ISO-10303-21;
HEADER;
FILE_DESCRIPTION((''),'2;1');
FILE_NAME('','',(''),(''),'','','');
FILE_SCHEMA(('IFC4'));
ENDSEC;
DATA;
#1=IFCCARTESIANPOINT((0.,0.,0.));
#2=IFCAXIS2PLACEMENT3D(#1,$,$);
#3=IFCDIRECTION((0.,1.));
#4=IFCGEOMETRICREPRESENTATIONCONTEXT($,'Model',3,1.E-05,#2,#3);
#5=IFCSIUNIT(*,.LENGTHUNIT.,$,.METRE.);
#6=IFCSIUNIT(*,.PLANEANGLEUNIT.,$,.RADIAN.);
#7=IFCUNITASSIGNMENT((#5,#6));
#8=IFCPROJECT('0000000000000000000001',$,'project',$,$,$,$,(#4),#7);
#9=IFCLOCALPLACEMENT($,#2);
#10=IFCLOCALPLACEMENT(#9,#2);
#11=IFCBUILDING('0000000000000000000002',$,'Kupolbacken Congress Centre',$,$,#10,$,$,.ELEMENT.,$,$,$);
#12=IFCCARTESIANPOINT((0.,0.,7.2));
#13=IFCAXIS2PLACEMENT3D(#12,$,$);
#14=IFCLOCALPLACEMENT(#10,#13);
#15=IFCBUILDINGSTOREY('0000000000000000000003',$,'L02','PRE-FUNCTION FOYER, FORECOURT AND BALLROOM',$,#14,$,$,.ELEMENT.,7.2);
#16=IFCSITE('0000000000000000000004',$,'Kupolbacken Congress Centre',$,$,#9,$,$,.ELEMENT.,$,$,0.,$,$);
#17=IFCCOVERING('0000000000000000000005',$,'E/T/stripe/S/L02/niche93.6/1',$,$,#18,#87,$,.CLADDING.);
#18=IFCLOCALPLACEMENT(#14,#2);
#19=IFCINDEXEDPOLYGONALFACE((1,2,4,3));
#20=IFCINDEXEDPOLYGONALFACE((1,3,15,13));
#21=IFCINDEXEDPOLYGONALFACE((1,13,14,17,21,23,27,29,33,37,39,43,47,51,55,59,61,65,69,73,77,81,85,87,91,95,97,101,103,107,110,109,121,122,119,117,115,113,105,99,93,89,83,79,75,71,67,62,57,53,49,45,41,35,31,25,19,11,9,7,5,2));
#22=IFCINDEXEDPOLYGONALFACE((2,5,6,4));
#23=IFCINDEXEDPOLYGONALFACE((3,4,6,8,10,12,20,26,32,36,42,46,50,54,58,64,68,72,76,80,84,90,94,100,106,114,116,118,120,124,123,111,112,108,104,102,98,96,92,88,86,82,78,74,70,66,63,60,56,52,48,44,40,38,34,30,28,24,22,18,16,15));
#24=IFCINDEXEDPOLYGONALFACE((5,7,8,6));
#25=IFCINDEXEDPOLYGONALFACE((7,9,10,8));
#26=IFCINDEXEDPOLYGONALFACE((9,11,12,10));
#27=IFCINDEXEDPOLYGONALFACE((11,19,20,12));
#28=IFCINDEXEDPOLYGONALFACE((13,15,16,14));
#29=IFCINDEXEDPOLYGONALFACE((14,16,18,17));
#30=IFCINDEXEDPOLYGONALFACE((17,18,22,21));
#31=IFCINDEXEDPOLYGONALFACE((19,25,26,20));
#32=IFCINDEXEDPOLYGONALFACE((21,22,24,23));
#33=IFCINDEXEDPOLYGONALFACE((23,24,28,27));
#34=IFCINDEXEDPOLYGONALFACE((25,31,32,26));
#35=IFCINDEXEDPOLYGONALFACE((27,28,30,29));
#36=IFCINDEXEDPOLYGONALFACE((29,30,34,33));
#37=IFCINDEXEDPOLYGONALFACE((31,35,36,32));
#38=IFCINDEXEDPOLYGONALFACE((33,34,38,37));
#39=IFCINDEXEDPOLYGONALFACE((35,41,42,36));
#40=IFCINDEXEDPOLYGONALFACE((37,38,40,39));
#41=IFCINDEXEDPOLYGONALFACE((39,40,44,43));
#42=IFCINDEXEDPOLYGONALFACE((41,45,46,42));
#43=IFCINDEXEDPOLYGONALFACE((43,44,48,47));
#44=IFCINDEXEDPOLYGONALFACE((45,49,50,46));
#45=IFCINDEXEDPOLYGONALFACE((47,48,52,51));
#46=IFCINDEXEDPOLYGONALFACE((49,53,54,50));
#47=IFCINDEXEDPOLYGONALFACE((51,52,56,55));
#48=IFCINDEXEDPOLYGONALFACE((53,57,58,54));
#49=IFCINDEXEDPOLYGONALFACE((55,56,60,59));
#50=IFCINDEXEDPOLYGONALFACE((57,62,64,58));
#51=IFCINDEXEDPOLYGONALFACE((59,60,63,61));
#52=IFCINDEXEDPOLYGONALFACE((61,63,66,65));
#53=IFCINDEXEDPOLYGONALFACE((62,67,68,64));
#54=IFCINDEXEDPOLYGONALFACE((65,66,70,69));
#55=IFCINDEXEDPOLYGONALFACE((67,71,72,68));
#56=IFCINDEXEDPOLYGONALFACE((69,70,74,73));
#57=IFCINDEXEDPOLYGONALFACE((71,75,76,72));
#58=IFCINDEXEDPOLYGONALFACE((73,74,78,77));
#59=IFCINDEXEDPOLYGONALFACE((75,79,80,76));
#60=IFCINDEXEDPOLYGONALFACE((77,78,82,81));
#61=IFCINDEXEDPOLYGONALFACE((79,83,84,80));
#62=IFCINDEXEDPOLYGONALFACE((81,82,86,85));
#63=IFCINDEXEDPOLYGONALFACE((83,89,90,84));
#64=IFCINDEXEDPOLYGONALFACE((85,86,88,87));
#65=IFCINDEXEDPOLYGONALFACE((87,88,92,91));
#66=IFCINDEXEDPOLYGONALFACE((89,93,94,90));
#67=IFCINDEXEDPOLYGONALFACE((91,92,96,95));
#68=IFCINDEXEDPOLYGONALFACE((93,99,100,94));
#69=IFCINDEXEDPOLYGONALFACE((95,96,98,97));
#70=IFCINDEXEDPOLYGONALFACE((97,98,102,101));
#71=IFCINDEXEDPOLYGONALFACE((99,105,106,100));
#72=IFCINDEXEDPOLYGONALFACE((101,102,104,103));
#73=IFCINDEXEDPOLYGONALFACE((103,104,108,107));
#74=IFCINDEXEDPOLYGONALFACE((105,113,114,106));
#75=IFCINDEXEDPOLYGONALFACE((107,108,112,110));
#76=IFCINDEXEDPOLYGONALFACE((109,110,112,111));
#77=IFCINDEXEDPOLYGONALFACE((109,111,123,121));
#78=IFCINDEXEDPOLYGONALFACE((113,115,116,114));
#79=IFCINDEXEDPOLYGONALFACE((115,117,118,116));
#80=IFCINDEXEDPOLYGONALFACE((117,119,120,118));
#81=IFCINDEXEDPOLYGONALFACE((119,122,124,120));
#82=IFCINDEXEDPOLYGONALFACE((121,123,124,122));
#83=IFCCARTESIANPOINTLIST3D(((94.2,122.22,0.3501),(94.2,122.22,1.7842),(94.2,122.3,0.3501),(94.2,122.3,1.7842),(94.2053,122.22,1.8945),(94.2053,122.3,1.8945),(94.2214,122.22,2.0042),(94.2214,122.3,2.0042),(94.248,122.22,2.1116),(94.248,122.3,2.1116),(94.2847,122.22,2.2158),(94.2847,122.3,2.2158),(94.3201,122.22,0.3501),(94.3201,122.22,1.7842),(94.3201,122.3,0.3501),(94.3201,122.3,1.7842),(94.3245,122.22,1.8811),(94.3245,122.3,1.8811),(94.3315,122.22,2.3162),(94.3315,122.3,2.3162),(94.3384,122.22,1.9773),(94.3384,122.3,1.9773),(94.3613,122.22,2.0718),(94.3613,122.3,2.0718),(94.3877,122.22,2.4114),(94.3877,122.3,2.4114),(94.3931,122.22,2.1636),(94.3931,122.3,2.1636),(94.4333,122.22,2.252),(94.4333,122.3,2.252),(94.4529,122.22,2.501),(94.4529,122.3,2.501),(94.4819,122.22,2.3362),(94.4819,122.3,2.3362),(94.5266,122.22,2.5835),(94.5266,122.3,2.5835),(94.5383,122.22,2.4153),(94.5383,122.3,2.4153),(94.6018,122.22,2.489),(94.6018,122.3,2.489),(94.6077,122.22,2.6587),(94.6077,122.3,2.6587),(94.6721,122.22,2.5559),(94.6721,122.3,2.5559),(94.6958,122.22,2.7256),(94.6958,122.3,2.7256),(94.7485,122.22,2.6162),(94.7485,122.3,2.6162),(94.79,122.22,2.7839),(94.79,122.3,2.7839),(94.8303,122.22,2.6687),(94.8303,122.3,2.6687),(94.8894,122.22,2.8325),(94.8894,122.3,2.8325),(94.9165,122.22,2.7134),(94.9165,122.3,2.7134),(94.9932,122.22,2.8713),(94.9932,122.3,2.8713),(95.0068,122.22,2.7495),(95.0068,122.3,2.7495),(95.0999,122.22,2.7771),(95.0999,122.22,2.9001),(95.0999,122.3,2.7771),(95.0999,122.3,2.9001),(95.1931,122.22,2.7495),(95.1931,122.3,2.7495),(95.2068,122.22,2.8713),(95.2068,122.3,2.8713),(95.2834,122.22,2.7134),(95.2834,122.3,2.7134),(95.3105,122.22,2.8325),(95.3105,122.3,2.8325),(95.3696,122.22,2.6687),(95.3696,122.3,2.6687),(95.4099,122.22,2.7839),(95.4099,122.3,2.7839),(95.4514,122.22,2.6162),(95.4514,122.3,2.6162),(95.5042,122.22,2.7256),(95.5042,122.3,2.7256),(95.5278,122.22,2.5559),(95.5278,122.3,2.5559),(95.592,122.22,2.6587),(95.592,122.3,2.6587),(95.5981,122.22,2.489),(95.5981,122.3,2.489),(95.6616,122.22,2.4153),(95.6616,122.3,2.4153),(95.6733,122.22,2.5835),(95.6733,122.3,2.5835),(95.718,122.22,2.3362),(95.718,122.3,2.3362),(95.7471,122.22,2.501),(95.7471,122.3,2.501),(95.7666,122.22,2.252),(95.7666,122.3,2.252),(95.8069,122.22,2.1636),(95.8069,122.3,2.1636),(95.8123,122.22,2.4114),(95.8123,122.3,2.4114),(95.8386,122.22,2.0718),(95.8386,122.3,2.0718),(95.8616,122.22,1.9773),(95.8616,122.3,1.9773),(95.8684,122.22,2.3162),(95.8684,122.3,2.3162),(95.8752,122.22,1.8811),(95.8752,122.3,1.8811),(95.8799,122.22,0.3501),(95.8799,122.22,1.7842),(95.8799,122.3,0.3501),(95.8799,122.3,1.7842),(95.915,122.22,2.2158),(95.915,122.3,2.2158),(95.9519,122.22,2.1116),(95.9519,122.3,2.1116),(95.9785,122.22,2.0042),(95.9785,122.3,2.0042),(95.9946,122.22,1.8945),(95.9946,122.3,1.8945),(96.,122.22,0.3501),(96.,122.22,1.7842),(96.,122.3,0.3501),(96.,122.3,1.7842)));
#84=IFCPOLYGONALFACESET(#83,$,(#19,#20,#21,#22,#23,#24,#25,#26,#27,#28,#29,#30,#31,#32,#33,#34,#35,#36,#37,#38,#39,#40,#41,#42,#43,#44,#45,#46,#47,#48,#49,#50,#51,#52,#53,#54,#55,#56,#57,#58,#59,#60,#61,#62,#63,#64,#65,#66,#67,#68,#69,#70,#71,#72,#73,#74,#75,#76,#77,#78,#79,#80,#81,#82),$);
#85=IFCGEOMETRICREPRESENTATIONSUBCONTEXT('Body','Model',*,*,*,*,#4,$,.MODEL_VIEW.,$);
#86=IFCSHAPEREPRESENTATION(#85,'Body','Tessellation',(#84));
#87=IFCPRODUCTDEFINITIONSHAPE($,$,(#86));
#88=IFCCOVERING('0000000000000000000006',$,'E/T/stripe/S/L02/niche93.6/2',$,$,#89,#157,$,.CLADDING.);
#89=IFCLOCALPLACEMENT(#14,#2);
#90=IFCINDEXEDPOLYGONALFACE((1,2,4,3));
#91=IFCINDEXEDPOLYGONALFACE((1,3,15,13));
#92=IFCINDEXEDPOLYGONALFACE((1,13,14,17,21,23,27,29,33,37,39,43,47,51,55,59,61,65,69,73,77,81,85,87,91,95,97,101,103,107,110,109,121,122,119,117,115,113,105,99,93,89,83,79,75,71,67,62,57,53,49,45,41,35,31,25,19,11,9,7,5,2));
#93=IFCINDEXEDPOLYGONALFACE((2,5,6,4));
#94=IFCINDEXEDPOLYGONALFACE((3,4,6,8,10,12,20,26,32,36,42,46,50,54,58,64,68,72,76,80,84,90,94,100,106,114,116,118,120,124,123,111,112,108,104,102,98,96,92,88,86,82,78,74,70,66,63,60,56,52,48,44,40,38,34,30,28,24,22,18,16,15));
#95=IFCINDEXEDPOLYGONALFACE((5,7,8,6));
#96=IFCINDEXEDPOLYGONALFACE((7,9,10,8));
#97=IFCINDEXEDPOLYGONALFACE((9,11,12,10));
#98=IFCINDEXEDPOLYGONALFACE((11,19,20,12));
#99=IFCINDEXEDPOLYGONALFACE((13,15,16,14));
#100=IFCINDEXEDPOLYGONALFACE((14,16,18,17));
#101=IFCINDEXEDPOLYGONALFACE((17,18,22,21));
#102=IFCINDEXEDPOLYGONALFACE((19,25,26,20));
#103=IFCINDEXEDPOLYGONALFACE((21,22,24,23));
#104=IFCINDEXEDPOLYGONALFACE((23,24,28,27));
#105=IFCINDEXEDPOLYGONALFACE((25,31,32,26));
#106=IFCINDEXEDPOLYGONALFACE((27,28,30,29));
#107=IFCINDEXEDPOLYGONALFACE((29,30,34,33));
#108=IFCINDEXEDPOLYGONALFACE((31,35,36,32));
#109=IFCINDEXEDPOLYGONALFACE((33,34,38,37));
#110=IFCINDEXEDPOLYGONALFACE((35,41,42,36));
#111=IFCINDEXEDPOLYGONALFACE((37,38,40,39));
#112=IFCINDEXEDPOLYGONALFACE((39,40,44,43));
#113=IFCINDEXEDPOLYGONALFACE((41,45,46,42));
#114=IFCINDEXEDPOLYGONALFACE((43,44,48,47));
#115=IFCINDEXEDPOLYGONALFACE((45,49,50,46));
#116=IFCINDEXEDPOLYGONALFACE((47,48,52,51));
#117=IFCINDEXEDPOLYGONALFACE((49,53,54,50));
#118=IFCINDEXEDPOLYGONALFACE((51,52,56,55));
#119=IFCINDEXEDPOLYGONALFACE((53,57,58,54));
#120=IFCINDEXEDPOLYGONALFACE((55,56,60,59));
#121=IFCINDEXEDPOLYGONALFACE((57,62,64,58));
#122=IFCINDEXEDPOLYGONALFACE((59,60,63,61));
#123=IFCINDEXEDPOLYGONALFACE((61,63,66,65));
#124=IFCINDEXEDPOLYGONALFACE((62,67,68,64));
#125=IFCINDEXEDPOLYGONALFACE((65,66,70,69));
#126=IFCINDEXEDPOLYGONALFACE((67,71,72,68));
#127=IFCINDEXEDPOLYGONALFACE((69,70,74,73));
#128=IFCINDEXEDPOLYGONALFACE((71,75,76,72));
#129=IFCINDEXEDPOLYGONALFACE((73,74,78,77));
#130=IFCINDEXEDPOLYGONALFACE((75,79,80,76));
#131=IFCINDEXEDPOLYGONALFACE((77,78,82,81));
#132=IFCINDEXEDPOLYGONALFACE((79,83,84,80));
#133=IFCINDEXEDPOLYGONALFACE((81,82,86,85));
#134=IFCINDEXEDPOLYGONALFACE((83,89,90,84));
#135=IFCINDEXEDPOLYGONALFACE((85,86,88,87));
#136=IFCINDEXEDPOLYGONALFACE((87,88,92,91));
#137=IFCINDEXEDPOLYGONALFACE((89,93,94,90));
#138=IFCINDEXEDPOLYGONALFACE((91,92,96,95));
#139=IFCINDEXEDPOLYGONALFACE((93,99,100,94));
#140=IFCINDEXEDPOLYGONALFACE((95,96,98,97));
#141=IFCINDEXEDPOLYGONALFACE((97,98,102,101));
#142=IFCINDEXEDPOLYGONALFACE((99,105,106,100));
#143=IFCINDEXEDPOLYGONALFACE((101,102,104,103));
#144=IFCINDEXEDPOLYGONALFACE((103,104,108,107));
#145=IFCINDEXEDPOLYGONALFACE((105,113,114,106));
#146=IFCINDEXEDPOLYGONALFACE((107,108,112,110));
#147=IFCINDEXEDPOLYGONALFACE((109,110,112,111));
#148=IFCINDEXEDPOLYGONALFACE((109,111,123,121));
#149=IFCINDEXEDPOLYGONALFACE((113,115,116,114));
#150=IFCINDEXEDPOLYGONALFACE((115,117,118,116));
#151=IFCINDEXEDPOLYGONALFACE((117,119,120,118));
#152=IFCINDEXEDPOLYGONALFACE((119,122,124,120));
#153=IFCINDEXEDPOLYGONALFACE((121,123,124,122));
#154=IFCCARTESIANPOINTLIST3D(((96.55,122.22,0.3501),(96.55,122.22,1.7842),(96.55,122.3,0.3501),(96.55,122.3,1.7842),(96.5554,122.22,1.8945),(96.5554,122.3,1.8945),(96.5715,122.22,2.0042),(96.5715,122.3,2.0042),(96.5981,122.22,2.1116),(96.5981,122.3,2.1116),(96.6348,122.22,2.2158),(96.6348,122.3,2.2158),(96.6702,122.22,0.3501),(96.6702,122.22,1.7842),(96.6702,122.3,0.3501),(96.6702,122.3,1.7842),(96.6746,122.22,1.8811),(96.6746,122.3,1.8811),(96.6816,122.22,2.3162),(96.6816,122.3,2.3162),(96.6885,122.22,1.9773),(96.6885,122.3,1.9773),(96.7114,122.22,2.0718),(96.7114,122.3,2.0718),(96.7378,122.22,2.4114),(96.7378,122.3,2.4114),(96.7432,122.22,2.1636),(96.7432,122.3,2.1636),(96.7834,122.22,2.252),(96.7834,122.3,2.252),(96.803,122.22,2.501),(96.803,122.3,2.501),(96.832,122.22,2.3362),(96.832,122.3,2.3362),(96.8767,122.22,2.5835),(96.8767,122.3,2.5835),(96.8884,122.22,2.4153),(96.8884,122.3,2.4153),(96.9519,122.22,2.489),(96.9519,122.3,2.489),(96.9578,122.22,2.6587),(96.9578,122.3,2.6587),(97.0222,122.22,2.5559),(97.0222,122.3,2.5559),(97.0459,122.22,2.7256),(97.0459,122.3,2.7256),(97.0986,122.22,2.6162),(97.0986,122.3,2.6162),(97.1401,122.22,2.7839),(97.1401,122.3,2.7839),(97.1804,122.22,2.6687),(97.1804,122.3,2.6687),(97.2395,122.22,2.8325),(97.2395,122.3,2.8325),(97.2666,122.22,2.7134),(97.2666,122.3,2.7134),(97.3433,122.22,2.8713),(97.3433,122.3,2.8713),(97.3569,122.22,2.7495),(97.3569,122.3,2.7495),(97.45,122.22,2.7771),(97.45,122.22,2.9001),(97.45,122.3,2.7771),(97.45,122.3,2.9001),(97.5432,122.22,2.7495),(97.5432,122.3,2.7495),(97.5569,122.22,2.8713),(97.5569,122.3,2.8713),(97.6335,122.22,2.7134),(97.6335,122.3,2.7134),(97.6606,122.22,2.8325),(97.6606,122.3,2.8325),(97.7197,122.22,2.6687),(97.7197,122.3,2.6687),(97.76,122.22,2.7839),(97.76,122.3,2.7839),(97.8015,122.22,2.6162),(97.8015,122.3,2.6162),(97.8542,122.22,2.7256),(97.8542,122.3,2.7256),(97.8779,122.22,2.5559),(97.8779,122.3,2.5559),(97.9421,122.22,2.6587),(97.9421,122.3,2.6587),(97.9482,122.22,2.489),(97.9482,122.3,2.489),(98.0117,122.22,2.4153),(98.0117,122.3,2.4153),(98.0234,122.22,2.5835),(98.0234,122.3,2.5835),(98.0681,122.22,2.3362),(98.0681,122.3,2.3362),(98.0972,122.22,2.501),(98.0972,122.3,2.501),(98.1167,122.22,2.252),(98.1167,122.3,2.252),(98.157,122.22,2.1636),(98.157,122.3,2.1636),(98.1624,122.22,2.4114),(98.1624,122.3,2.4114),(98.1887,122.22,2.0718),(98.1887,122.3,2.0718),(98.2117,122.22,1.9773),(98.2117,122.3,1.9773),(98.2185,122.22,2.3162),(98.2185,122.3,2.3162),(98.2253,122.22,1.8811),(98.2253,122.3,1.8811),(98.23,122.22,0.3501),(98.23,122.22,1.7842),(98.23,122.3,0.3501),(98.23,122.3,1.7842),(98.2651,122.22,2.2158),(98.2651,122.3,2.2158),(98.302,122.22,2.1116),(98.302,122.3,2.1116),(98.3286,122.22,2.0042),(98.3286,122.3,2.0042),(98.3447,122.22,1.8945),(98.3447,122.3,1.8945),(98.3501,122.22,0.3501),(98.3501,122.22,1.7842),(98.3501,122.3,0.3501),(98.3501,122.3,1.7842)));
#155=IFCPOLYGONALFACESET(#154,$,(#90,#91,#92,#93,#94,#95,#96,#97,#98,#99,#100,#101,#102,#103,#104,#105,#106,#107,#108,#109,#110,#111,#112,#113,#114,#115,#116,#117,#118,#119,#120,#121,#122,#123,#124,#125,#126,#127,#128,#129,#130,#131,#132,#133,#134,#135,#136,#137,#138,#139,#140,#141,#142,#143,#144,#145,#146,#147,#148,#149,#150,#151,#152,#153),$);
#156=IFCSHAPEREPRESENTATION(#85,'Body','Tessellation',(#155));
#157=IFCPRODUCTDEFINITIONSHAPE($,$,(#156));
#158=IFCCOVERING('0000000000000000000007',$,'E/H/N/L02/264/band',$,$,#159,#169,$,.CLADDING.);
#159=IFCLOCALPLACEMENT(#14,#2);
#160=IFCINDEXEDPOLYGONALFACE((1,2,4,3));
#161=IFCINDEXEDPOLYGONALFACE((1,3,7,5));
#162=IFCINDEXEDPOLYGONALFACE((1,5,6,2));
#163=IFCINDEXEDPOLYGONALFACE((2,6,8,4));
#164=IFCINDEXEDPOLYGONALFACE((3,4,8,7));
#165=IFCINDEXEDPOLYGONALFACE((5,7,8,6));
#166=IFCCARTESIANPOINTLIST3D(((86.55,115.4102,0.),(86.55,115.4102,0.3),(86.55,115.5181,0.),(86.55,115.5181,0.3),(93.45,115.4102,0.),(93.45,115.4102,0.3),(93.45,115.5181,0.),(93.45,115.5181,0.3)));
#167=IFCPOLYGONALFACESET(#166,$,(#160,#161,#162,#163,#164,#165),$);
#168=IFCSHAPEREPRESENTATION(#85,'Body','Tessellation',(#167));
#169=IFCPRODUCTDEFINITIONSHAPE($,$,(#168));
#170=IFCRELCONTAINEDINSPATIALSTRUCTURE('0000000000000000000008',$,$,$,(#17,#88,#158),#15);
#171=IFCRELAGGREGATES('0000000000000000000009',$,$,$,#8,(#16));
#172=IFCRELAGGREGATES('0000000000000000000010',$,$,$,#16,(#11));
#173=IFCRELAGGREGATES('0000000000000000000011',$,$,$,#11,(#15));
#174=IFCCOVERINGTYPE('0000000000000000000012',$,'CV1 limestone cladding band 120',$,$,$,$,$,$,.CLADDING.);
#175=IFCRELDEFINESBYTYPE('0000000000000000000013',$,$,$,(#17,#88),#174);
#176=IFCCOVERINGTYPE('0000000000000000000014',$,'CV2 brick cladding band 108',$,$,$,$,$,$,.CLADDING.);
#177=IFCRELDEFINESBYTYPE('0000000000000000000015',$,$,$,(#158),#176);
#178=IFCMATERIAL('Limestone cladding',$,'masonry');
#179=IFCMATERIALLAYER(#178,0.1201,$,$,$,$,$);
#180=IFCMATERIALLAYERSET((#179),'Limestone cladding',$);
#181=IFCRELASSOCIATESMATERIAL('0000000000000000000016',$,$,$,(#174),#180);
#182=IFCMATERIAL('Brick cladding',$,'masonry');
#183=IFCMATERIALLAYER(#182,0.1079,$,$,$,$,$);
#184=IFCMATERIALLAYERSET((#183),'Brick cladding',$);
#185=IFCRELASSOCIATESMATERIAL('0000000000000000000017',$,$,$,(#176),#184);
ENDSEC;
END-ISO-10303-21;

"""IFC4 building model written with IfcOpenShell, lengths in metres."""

from ifc_helpers import new_model, si_unit, direction, frame, origin, origin_2d, place, context, subcontext, project, spatial, polyline, rectangle, outline, extrude, material, layer, layer_set, type_object, element, save


model = new_model("IFC4")

# Units and contexts
model_context = context("Model", 3, precision=1e-05, world=origin(), true_north=direction((0.0, 1.0)))
body_context = subcontext(model_context, "Body", "Model", "MODEL_VIEW")
ifc_project = project(units=[si_unit("LENGTHUNIT", "METRE"), si_unit("PLANEANGLEUNIT", "RADIAN")], contexts=[model_context])

# Site, building, storey
site_placement = place(None, origin())
site = spatial("IfcSite", under=ifc_project, at=site_placement, Name="Kupolbacken Congress Centre", CompositionType="ELEMENT", RefElevation=0.0)
building_placement = place(site_placement, origin())
building = spatial("IfcBuilding", under=site, at=building_placement, Name="Kupolbacken Congress Centre", CompositionType="ELEMENT")
storey_placement = place(building_placement, frame((0.0, 0.0, 7.2)))
storey = spatial("IfcBuildingStorey", under=building, at=storey_placement, Name="L02", Description="PRE-FUNCTION FOYER, FORECOURT AND BALLROOM", CompositionType="ELEMENT", Elevation=7.2)

# Coverings
ifc_material_1 = material(Name="Limestone cladding", Category="masonry")
ifc_layer_1 = layer(ifc_material_1, 0.1201)
ifc_layer_set_1 = layer_set([ifc_layer_1], Name="Limestone cladding")
covering_type_1 = type_object("IfcCoveringType", Name="CV1 limestone cladding band 120", PredefinedType="CLADDING", material=ifc_layer_set_1)
covering_1_placement = place(storey_placement, frame((94.2, 122.3, 0.3501), z_axis=(0.0, -1.0, 0.0), x_axis=(1.0, 0.0, 0.0)))
element("IfcCovering", 1, at=covering_1_placement, inside=storey, type_object=covering_type_1, Name="E/T/stripe/S/L02/niche93.6/1", PredefinedType="CLADDING", context=body_context, shape_type="SweptSolid", body=[
    extrude(outline(polyline([(0.0, 0.0), (0.0, 1.4341), (0.0054, 1.5444), (0.0215, 1.6541), (0.0481, 1.7615), (0.0847, 1.8657), (0.1316, 1.9661), (0.1877, 2.0613), (0.2529, 2.1509), (0.3267, 2.2334), (0.4077, 2.3086), (0.4958, 2.3755), (0.5901, 2.4338), (0.6895, 2.4824), (0.7932, 2.5212), (0.8999, 2.55), (1.0068, 2.5212), (1.1106, 2.4824), (1.21, 2.4338), (1.3042, 2.3755), (1.3921, 2.3086), (1.4734, 2.2334), (1.5471, 2.1509), (1.6123, 2.0613), (1.6685, 1.9661), (1.7151, 1.8657), (1.752, 1.7615), (1.7786, 1.6541), (1.7947, 1.5444), (1.8, 1.4341), (1.8, 0.0), (1.6799, 0.0), (1.6799, 1.4341), (1.6753, 1.531), (1.6616, 1.6272), (1.6387, 1.7217), (1.6069, 1.8135), (1.5667, 1.9019), (1.5181, 1.9861), (1.4617, 2.0652), (1.3982, 2.1389), (1.3279, 2.2058), (1.2515, 2.2661), (1.1697, 2.3186), (1.0835, 2.3633), (0.9932, 2.3994), (0.8999, 2.427), (0.8069, 2.3994), (0.7166, 2.3633), (0.6304, 2.3186), (0.5486, 2.2661), (0.4722, 2.2058), (0.4019, 2.1389), (0.3384, 2.0652), (0.282, 1.9861), (0.2334, 1.9019), (0.1931, 1.8135), (0.1614, 1.7217), (0.1384, 1.6272), (0.1245, 1.531), (0.1201, 1.4341), (0.1201, 0.0), (0.0, 0.0)])), origin(), (0.0, 0.0, 1.0), 0.0801),
])
covering_2_placement = place(storey_placement, frame((96.55, 122.3, 0.3501), z_axis=(0.0, -1.0, 0.0), x_axis=(1.0, 0.0, 0.0)))
element("IfcCovering", 2, at=covering_2_placement, inside=storey, type_object=covering_type_1, Name="E/T/stripe/S/L02/niche93.6/2", PredefinedType="CLADDING", context=body_context, shape_type="SweptSolid", body=[
    extrude(outline(polyline([(0.0, 0.0), (0.0, 1.4341), (0.0054, 1.5444), (0.0215, 1.6541), (0.0481, 1.7615), (0.0847, 1.8657), (0.1316, 1.9661), (0.1877, 2.0613), (0.2529, 2.1509), (0.3267, 2.2334), (0.4077, 2.3086), (0.4958, 2.3755), (0.5901, 2.4338), (0.6895, 2.4824), (0.7932, 2.5212), (0.8999, 2.55), (1.0068, 2.5212), (1.1106, 2.4824), (1.21, 2.4338), (1.3042, 2.3755), (1.3921, 2.3086), (1.4734, 2.2334), (1.5471, 2.1509), (1.6123, 2.0613), (1.6685, 1.9661), (1.7151, 1.8657), (1.752, 1.7615), (1.7786, 1.6541), (1.7947, 1.5444), (1.8, 1.4341), (1.8, 0.0), (1.6799, 0.0), (1.6799, 1.4341), (1.6753, 1.531), (1.6616, 1.6272), (1.6387, 1.7217), (1.6069, 1.8135), (1.5667, 1.9019), (1.5181, 1.9861), (1.4617, 2.0652), (1.3982, 2.1389), (1.3279, 2.2058), (1.2515, 2.2661), (1.1697, 2.3186), (1.0835, 2.3633), (0.9932, 2.3994), (0.8999, 2.427), (0.8069, 2.3994), (0.7166, 2.3633), (0.6304, 2.3186), (0.5486, 2.2661), (0.4722, 2.2058), (0.4019, 2.1389), (0.3384, 2.0652), (0.282, 1.9861), (0.2334, 1.9019), (0.1931, 1.8135), (0.1614, 1.7217), (0.1384, 1.6272), (0.1245, 1.531), (0.1201, 1.4341), (0.1201, 0.0), (0.0, 0.0)])), origin(), (0.0, 0.0, 1.0), 0.0801),
])
ifc_material_2 = material(Name="Brick cladding", Category="masonry")
ifc_layer_2 = layer(ifc_material_2, 0.1079)
ifc_layer_set_2 = layer_set([ifc_layer_2], Name="Brick cladding")
covering_type_2 = type_object("IfcCoveringType", Name="CV2 brick cladding band 108", PredefinedType="CLADDING", material=ifc_layer_set_2)
covering_3_placement = place(storey_placement, frame((90.0, 115.4641, 0.0), z_axis=(0.0, 0.0, 1.0), x_axis=(-1.0, 0.0, 0.0)))
element("IfcCovering", 3, at=covering_3_placement, inside=storey, type_object=covering_type_2, Name="E/H/N/L02/264/band", PredefinedType="CLADDING", context=body_context, shape_type="SweptSolid", body=[
    extrude(rectangle(XDim=6.8999, YDim=0.1079, at=origin_2d()), origin(), (0.0, 0.0, 1.0), 0.3),
])

save(model, "model.ifc")
